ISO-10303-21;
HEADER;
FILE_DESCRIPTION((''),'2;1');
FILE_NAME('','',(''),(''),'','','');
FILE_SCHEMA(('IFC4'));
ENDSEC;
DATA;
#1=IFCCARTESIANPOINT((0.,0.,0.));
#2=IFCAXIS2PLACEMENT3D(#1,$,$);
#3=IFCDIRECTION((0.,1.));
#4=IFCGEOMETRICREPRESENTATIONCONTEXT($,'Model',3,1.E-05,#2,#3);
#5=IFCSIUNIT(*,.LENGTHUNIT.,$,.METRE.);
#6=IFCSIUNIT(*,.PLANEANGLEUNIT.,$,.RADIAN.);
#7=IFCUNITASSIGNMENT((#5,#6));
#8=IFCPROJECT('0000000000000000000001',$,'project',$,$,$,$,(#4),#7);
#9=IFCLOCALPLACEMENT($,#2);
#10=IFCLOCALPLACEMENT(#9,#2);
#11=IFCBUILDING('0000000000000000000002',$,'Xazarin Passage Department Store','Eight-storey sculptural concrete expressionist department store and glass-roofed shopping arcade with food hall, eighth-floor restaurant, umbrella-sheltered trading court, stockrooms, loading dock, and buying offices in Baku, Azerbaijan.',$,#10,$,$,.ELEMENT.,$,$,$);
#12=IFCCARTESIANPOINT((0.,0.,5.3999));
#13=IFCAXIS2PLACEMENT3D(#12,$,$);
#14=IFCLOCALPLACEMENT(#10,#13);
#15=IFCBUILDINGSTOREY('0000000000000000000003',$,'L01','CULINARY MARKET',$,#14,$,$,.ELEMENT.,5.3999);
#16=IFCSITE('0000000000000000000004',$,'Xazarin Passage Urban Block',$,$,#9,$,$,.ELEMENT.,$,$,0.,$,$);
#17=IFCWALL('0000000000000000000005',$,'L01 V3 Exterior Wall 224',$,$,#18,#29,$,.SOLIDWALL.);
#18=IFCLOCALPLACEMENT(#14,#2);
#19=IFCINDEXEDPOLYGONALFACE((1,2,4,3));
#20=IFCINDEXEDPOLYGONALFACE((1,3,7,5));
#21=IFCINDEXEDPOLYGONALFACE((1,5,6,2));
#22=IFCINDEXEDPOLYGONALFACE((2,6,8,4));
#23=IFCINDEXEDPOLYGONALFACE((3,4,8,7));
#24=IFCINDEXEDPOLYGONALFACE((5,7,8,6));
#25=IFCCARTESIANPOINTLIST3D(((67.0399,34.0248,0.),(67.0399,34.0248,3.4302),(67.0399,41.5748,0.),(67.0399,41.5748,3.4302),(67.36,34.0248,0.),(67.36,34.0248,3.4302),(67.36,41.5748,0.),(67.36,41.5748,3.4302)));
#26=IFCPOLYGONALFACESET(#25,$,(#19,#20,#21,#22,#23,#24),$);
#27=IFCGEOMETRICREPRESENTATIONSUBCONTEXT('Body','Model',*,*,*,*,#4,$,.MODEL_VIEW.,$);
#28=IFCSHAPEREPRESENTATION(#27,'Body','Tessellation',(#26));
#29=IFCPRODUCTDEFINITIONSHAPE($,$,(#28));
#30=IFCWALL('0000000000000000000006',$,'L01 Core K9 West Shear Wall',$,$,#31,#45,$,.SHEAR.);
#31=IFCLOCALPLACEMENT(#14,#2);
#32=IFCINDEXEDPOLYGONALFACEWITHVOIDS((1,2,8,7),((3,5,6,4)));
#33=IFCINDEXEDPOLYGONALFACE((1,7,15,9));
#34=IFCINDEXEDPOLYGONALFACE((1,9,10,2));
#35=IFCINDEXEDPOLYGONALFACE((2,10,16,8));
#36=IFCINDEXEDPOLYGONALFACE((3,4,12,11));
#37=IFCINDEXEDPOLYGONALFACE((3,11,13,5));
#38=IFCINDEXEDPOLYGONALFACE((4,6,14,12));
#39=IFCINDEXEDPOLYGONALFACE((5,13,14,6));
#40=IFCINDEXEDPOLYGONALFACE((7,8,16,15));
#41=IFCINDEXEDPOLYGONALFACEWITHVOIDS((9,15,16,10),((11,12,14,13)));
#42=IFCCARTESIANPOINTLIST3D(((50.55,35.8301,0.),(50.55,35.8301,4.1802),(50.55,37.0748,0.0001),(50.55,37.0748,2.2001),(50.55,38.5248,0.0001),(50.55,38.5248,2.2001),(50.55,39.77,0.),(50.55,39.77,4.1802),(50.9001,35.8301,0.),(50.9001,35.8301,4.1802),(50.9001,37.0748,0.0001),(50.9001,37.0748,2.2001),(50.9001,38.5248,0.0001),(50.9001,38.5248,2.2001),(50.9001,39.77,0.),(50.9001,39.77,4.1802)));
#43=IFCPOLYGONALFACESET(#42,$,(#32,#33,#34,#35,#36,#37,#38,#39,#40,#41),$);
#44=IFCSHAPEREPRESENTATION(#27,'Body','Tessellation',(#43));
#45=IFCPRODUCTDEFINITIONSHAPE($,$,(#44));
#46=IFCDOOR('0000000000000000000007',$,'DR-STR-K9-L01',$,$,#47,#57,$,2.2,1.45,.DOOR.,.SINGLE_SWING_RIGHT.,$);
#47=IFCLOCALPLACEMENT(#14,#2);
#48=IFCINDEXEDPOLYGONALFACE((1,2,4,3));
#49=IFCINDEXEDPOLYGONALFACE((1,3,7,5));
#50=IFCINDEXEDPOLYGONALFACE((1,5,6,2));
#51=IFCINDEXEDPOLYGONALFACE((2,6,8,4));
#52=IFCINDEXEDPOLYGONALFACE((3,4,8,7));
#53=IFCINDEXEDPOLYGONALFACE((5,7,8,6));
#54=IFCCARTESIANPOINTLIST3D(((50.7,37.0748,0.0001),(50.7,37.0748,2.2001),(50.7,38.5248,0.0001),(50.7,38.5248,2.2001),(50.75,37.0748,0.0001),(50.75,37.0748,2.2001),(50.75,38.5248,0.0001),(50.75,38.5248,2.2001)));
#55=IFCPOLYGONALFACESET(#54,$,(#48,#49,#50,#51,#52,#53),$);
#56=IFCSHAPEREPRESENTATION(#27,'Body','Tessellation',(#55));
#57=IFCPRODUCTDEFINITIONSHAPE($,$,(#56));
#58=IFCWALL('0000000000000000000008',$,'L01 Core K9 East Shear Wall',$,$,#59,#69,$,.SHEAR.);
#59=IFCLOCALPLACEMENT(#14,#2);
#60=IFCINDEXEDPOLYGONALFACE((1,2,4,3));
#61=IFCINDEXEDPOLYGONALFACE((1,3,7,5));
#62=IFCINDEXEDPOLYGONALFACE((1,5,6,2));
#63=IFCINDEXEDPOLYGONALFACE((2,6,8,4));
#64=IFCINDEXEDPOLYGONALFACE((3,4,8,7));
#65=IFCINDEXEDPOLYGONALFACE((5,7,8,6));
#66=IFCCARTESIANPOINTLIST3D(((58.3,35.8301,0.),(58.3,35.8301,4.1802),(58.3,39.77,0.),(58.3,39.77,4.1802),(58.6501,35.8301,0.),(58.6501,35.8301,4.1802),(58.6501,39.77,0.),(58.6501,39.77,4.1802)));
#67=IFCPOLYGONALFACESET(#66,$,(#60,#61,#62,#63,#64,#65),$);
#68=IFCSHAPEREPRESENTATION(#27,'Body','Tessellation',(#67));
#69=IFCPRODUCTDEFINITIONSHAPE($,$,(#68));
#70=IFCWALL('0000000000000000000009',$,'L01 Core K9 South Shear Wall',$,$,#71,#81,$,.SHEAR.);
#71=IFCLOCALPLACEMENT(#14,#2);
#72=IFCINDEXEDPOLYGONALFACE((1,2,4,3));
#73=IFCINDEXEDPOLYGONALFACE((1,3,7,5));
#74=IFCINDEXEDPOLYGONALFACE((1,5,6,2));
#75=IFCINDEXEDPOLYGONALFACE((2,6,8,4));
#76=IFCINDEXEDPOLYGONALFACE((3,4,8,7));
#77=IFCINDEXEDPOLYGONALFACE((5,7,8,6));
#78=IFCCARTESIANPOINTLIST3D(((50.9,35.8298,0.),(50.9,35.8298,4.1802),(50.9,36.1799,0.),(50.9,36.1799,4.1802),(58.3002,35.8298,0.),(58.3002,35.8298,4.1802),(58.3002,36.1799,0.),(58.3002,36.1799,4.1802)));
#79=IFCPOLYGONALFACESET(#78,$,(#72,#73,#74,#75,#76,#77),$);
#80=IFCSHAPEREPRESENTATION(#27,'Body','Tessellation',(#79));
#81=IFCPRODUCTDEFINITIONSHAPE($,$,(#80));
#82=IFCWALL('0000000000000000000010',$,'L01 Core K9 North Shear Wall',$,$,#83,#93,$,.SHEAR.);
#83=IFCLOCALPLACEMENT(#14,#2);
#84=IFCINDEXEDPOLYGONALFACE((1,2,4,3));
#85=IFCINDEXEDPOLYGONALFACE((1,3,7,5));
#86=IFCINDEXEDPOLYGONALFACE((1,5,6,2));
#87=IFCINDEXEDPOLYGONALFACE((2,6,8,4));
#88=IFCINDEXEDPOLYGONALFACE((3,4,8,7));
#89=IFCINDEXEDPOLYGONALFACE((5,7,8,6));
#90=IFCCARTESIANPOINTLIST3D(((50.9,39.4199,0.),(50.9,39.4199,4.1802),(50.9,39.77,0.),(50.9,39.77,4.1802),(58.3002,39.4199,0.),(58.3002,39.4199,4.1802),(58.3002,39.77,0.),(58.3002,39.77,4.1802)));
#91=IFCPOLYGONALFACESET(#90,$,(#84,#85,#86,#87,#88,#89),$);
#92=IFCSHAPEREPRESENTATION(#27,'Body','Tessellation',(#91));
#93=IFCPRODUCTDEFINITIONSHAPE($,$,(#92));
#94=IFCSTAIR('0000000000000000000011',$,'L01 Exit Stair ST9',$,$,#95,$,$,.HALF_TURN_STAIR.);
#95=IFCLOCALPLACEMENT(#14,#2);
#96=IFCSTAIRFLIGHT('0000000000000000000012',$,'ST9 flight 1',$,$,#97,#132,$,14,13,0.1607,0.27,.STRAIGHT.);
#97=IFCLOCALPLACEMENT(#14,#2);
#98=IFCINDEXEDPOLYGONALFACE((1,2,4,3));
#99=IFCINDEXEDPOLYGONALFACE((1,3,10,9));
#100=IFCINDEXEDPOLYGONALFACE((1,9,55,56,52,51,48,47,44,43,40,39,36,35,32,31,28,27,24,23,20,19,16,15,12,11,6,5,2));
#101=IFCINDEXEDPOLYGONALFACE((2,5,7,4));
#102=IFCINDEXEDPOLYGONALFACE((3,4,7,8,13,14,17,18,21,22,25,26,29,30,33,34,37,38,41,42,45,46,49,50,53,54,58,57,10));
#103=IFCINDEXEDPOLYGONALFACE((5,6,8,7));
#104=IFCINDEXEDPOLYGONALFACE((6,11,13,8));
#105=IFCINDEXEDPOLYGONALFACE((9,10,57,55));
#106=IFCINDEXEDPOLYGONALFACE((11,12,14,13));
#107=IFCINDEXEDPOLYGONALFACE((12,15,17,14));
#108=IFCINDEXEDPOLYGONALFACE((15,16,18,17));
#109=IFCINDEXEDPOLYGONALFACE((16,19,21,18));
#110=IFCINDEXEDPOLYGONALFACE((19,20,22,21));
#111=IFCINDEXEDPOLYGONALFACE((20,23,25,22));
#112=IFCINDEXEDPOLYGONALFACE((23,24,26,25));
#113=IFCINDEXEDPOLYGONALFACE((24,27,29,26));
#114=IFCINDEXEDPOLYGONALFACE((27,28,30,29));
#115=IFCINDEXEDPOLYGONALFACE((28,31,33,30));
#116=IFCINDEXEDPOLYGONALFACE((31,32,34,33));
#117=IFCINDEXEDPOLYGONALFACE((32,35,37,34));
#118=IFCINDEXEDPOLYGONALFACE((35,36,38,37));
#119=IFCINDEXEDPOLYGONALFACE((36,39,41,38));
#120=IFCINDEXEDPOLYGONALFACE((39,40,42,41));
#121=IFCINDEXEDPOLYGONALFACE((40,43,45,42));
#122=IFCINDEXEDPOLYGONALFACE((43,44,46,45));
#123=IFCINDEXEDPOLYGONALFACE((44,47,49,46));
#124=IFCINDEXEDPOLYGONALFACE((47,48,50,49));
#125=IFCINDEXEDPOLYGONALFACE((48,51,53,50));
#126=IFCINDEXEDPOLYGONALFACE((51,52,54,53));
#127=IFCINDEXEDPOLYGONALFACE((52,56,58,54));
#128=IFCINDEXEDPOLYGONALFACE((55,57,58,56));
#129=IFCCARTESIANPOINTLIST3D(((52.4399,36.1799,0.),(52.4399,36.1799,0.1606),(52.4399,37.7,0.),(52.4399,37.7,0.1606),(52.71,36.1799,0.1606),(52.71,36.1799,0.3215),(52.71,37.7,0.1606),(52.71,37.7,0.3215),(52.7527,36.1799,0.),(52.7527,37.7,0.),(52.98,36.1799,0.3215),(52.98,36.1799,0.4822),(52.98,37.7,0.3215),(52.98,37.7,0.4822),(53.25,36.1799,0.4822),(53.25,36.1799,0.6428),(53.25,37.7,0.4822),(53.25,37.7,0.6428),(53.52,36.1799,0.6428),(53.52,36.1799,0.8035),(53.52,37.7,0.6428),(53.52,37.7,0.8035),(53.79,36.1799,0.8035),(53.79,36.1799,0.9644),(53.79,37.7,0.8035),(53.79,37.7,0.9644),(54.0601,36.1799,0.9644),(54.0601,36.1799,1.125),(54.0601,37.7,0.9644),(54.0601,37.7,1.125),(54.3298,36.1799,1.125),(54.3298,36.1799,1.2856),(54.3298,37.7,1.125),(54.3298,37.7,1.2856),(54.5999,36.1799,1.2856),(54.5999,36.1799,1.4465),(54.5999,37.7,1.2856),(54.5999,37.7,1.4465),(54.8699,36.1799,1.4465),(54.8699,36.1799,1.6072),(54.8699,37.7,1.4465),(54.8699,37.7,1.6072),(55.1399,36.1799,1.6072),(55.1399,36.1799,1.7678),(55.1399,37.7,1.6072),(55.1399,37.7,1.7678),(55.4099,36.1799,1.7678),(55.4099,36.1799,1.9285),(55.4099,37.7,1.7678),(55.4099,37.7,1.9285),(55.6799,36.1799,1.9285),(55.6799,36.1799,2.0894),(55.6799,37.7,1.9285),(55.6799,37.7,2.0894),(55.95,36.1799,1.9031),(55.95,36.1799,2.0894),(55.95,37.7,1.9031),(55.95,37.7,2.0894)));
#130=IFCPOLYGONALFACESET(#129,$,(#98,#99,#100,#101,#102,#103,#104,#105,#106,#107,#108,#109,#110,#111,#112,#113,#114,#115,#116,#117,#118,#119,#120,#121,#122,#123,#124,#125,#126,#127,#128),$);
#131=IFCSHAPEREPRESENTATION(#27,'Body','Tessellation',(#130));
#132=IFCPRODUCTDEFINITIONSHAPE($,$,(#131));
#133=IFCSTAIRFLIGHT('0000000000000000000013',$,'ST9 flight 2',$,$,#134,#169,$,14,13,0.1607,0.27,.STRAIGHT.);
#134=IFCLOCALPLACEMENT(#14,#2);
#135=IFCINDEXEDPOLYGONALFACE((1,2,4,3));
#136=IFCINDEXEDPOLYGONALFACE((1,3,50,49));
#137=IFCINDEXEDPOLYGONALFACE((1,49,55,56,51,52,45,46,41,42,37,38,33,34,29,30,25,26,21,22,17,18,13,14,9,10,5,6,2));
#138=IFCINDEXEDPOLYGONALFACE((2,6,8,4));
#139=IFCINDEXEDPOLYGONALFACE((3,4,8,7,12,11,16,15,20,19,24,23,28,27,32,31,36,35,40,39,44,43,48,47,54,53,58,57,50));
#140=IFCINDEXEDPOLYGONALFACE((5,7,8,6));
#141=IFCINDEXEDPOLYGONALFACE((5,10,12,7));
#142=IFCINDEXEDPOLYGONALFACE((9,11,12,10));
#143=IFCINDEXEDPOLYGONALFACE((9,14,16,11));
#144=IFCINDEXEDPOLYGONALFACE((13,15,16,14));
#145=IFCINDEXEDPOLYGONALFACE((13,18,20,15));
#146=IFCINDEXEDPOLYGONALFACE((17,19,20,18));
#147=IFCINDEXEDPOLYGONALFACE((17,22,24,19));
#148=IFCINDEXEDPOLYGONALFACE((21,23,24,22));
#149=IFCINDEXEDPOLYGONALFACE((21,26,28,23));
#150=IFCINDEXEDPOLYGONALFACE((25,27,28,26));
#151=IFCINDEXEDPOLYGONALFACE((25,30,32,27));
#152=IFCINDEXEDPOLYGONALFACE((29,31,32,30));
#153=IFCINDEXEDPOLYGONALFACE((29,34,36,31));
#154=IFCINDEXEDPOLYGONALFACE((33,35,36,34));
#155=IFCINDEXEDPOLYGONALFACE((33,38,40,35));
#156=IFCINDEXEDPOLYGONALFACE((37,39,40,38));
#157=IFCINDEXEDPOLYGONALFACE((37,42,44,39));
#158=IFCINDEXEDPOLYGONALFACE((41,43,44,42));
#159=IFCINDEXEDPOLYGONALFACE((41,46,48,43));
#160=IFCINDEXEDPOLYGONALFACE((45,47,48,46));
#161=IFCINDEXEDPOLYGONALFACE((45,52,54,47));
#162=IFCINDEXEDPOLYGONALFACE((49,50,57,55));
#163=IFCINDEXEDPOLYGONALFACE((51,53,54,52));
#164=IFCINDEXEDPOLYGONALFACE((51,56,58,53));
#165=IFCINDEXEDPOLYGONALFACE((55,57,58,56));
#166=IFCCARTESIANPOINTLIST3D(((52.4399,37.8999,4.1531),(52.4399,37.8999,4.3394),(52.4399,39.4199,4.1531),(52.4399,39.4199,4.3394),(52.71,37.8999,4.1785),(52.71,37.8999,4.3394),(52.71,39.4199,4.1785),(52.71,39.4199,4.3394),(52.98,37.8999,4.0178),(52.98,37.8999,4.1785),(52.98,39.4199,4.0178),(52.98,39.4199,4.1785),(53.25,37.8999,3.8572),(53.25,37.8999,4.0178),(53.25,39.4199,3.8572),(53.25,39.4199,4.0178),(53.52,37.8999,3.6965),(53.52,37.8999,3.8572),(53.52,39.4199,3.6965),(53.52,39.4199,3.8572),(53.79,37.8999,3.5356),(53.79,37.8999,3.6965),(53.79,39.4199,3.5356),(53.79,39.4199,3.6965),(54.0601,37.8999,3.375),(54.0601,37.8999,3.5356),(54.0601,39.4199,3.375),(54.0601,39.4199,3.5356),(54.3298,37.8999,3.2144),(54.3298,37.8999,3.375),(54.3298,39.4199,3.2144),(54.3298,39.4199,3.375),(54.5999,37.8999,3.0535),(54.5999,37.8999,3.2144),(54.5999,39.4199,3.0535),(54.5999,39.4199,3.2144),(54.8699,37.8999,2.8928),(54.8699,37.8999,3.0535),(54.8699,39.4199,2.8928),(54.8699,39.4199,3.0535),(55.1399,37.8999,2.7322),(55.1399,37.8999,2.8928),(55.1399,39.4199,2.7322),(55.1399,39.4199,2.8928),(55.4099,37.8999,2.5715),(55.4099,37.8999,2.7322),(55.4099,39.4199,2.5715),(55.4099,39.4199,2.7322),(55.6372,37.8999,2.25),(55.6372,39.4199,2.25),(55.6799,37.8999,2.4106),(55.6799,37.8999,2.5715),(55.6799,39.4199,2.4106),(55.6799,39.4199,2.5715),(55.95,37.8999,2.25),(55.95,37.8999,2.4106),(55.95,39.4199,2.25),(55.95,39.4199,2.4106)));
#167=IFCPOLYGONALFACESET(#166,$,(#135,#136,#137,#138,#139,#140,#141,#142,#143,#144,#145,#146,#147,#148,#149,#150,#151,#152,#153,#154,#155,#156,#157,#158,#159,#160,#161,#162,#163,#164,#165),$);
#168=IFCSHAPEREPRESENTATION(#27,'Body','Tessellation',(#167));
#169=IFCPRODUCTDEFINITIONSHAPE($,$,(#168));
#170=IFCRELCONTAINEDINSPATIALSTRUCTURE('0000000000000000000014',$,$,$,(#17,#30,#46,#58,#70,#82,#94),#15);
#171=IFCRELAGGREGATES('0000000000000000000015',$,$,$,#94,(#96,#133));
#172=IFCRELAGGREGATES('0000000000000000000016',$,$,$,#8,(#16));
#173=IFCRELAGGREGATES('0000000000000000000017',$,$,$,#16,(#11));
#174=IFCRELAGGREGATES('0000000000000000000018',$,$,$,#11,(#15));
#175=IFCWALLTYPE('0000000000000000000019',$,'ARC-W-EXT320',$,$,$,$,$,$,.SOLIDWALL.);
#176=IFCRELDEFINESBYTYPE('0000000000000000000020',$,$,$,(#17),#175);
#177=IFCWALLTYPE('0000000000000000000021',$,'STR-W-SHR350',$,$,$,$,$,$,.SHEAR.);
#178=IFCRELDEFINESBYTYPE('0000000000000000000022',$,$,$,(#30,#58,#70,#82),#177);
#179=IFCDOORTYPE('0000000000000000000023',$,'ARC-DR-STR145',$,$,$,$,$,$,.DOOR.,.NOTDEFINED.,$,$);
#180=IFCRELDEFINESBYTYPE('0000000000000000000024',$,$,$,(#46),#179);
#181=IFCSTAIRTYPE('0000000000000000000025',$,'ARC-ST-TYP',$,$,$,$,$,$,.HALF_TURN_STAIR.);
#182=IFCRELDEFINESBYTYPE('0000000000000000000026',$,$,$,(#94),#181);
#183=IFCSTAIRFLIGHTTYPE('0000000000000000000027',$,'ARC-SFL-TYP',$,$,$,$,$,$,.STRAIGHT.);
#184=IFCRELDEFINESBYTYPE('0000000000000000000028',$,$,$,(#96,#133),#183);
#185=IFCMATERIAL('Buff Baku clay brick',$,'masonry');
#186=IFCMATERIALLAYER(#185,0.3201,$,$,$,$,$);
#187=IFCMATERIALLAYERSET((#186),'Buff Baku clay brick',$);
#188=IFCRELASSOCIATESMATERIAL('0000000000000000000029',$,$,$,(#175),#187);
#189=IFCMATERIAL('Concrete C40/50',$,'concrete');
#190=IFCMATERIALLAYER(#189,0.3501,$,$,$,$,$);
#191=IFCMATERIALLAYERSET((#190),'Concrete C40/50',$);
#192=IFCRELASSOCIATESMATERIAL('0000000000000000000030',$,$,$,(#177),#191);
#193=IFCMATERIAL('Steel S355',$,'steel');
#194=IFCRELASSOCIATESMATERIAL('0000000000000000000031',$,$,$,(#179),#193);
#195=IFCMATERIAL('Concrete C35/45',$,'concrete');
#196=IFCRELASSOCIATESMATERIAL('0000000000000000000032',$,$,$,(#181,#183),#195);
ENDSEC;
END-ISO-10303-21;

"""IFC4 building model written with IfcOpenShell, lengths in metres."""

from ifc_helpers import new_model, si_unit, direction, frame, frame_2d, origin, place, context, subcontext, project, spatial, polyline, rectangle, outline, extrude, material, layer, layer_set, type_object, element, fill, aggregate, save


model = new_model("IFC4")

# Units and contexts
model_context = context("Model", 3, precision=1e-05, world=origin(), true_north=direction((0.0, 1.0)))
body_context = subcontext(model_context, "Body", "Model", "MODEL_VIEW")
ifc_project = project(units=[si_unit("LENGTHUNIT", "METRE"), si_unit("PLANEANGLEUNIT", "RADIAN")], contexts=[model_context])

# Site, building, storey
site_placement = place(None, origin())
site = spatial("IfcSite", under=ifc_project, at=site_placement, Name="Xazarin Passage Urban Block", CompositionType="ELEMENT", RefElevation=0.0)
building_placement = place(site_placement, origin())
building = spatial("IfcBuilding", under=site, at=building_placement, Name="Xazarin Passage Department Store", Description="Eight-storey sculptural concrete expressionist department store and glass-roofed shopping arcade with food hall, eighth-floor restaurant, umbrella-sheltered trading court, stockrooms, loading dock, and buying offices in Baku, Azerbaijan.", CompositionType="ELEMENT")
storey_placement = place(building_placement, frame((0.0, 0.0, 5.3999)))
storey = spatial("IfcBuildingStorey", under=building, at=storey_placement, Name="L01", Description="CULINARY MARKET", CompositionType="ELEMENT", Elevation=5.3999)

# Shared definitions
ifc_material_1 = material(Name="Concrete C40/50", Category="concrete")

# Shared definitions
ifc_material_2 = material(Name="Steel S355", Category="steel")
ifc_material_3 = material(Name="Concrete C35/45", Category="concrete")

# Wall
ifc_material_4 = material(Name="Buff Baku clay brick", Category="masonry")
ifc_layer_1 = layer(ifc_material_4, 0.3201)
ifc_layer_set_1 = layer_set([ifc_layer_1], Name="Buff Baku clay brick")
wall_type_1 = type_object("IfcWallType", Name="ARC-W-EXT320", PredefinedType="SOLIDWALL", material=ifc_layer_set_1)
wall_1_placement = place(storey_placement, frame((67.2, 34.0249, 0.0), z_axis=(0.0, 0.0, 1.0), x_axis=(0.0, 1.0, 0.0)))
element("IfcWall", 1, at=wall_1_placement, inside=storey, type_object=wall_type_1, Name="L01 V3 Exterior Wall 224", PredefinedType="SOLIDWALL", context=body_context, shape_type="SweptSolid", body=[
    extrude(rectangle(XDim=7.55, YDim=0.3201, at=frame_2d((3.7749, 0.0))), origin(), (0.0, 0.0, 1.0), 3.4302),
])

# Wall, opening, door
ifc_layer_2 = layer(ifc_material_1, 0.3501)
ifc_layer_set_2 = layer_set([ifc_layer_2], Name="Concrete C40/50")
wall_type_2 = type_object("IfcWallType", Name="STR-W-SHR350", PredefinedType="SHEAR", material=ifc_layer_set_2)
wall_2_placement = place(storey_placement, frame((50.7251, 39.77, 0.0), z_axis=(0.0, 0.0, 1.0), x_axis=(0.0, -1.0, 0.0)))
wall_2 = element("IfcWall", 2, at=wall_2_placement, inside=storey, type_object=wall_type_2, Name="L01 Core K9 West Shear Wall", PredefinedType="SHEAR", context=body_context, shape_type="SweptSolid", body=[
    extrude(rectangle(XDim=3.9399, YDim=0.3501, at=frame_2d((1.97, 0.0))), origin(), (0.0, 0.0, 1.0), 4.1802),
])
opening_placement = place(wall_2_placement, frame((1.2451, 0.0, 0.0)))
opening = element("IfcOpeningElement", 3, at=opening_placement, cuts=wall_2, PredefinedType="OPENING", context=body_context, shape_type="SweptSolid", body=[
    extrude(rectangle(XDim=1.45, YDim=2.2, at=frame_2d((0.7251, 1.1001))), frame((0.0, 0.1851, 0.0), z_axis=(0.0, -1.0, 0.0), x_axis=(1.0, 0.0, 0.0)), (0.0, 0.0, 1.0), 0.3701),
])
door_type = type_object("IfcDoorType", Name="ARC-DR-STR145", OperationType="NOTDEFINED", PredefinedType="DOOR", material=ifc_material_2)
door_placement = place(opening_placement, origin())
door = element("IfcDoor", 4, at=door_placement, inside=storey, type_object=door_type, Name="DR-STR-K9-L01", OperationType="SINGLE_SWING_RIGHT", OverallHeight=2.2, OverallWidth=1.45, PredefinedType="DOOR", context=body_context, shape_type="SweptSolid", body=[
    extrude(rectangle(XDim=1.45, YDim=2.2, at=frame_2d((0.7251, 1.1001))), frame((0.0, 0.0249, 0.0), z_axis=(0.0, -1.0, 0.0), x_axis=(1.0, 0.0, 0.0)), (0.0, 0.0, 1.0), 0.05),
])
fill(opening, door)

# Walls
wall_3_placement = place(storey_placement, frame((58.4751, 35.8301, 0.0), z_axis=(0.0, 0.0, 1.0), x_axis=(0.0, 1.0, 0.0)))
element("IfcWall", 5, at=wall_3_placement, inside=storey, type_object=wall_type_2, Name="L01 Core K9 East Shear Wall", PredefinedType="SHEAR", context=body_context, shape_type="SweptSolid", body=[
    extrude(rectangle(XDim=3.9399, YDim=0.3501, at=frame_2d((1.97, 0.0))), origin(), (0.0, 0.0, 1.0), 4.1802),
])
for number, where, z_axis, x_axis, name in (
    (6, (50.8999, 36.0049, 0.0), (0.0, 0.0, 1.0), (1.0, 0.0, 0.0), "L01 Core K9 South Shear Wall"),
    (7, (50.8999, 39.595, 0.0), (0.0, 0.0, 1.0), (1.0, 0.0, 0.0), "L01 Core K9 North Shear Wall"),
):
    element("IfcWall", number, at=place(storey_placement, frame(where, z_axis=z_axis, x_axis=x_axis)), inside=storey, type_object=wall_type_2, Name=name, PredefinedType="SHEAR", context=body_context, shape_type="SweptSolid", body=[
        extrude(rectangle(XDim=7.4001, YDim=0.3501, at=frame_2d((3.7002, 0.0))), origin(), (0.0, 0.0, 1.0), 4.1802),
    ])

# Stair, stair flights
stair_type = type_object("IfcStairType", Name="ARC-ST-TYP", PredefinedType="HALF_TURN_STAIR", material=ifc_material_3)
stair_placement = place(storey_placement, origin())
stair = element("IfcStair", 8, at=stair_placement, inside=storey, type_object=stair_type, Name="L01 Exit Stair ST9", PredefinedType="HALF_TURN_STAIR")
stair_flight_type = type_object("IfcStairFlightType", Name="ARC-SFL-TYP", PredefinedType="STRAIGHT", material=ifc_material_3)
stair_flight_1_placement = place(storey_placement, frame((52.4399, 36.9399, 0.0), z_axis=(0.0, 0.0, 1.0), x_axis=(1.0, 0.0, 0.0)))
stair_flight_1 = element("IfcStairFlight", 9, at=stair_flight_1_placement, type_object=stair_flight_type, Name="ST9 flight 1", NumberOfRisers=14, NumberOfTreads=13, PredefinedType="STRAIGHT", RiserHeight=0.1607, TreadLength=0.27, context=body_context, shape_type="SweptSolid", body=[
    extrude(outline(polyline([(0.0, 0.0), (0.0, 0.1606), (0.27, 0.1606), (0.27, 0.3215), (0.54, 0.3215), (0.54, 0.4822), (0.8101, 0.4822), (0.8101, 0.6428), (1.0801, 0.6428), (1.0801, 0.8035), (1.3501, 0.8035), (1.3501, 0.9644), (1.6201, 0.9644), (1.6201, 1.125), (1.8899, 1.125), (1.8899, 1.2856), (2.1599, 1.2856), (2.1599, 1.4465), (2.4299, 1.4465), (2.4299, 1.6072), (2.7, 1.6072), (2.7, 1.7678), (2.97, 1.7678), (2.97, 1.9285), (3.24, 1.9285), (3.24, 2.0894), (3.51, 2.0894), (3.51, 2.25), (3.51, 1.9031), (0.3127, 0.0), (0.0, 0.0)])), frame((0.0, 0.76, 0.0), z_axis=(0.0, -1.0, 0.0), x_axis=(1.0, 0.0, 0.0)), (0.0, 0.0, 1.0), 1.52),
])
stair_flight_2_placement = place(storey_placement, frame((55.95, 38.6599, 2.25), z_axis=(0.0, 0.0, 1.0), x_axis=(-1.0, 0.0, 0.0)))
stair_flight_2 = element("IfcStairFlight", 10, at=stair_flight_2_placement, type_object=stair_flight_type, Name="ST9 flight 2", NumberOfRisers=14, NumberOfTreads=13, PredefinedType="STRAIGHT", RiserHeight=0.1607, TreadLength=0.27, context=body_context, shape_type="SweptSolid", body=[
    extrude(outline(polyline([(0.0, 0.0), (0.0, 0.1606), (0.27, 0.1606), (0.27, 0.3215), (0.54, 0.3215), (0.54, 0.4822), (0.8101, 0.4822), (0.8101, 0.6428), (1.0801, 0.6428), (1.0801, 0.8035), (1.3501, 0.8035), (1.3501, 0.9644), (1.6201, 0.9644), (1.6201, 1.125), (1.8899, 1.125), (1.8899, 1.2856), (2.1599, 1.2856), (2.1599, 1.4465), (2.4299, 1.4465), (2.4299, 1.6072), (2.7, 1.6072), (2.7, 1.7678), (2.97, 1.7678), (2.97, 1.9285), (3.24, 1.9285), (3.24, 2.0894), (3.51, 2.0894), (3.51, 2.25), (3.51, 1.9031), (0.3127, 0.0), (0.0, 0.0)])), frame((0.0, 0.76, 0.0), z_axis=(0.0, -1.0, 0.0), x_axis=(1.0, 0.0, 0.0)), (0.0, 0.0, 1.0), 1.52),
])
aggregate(stair, [stair_flight_1, stair_flight_2])

save(model, "model.ifc")
